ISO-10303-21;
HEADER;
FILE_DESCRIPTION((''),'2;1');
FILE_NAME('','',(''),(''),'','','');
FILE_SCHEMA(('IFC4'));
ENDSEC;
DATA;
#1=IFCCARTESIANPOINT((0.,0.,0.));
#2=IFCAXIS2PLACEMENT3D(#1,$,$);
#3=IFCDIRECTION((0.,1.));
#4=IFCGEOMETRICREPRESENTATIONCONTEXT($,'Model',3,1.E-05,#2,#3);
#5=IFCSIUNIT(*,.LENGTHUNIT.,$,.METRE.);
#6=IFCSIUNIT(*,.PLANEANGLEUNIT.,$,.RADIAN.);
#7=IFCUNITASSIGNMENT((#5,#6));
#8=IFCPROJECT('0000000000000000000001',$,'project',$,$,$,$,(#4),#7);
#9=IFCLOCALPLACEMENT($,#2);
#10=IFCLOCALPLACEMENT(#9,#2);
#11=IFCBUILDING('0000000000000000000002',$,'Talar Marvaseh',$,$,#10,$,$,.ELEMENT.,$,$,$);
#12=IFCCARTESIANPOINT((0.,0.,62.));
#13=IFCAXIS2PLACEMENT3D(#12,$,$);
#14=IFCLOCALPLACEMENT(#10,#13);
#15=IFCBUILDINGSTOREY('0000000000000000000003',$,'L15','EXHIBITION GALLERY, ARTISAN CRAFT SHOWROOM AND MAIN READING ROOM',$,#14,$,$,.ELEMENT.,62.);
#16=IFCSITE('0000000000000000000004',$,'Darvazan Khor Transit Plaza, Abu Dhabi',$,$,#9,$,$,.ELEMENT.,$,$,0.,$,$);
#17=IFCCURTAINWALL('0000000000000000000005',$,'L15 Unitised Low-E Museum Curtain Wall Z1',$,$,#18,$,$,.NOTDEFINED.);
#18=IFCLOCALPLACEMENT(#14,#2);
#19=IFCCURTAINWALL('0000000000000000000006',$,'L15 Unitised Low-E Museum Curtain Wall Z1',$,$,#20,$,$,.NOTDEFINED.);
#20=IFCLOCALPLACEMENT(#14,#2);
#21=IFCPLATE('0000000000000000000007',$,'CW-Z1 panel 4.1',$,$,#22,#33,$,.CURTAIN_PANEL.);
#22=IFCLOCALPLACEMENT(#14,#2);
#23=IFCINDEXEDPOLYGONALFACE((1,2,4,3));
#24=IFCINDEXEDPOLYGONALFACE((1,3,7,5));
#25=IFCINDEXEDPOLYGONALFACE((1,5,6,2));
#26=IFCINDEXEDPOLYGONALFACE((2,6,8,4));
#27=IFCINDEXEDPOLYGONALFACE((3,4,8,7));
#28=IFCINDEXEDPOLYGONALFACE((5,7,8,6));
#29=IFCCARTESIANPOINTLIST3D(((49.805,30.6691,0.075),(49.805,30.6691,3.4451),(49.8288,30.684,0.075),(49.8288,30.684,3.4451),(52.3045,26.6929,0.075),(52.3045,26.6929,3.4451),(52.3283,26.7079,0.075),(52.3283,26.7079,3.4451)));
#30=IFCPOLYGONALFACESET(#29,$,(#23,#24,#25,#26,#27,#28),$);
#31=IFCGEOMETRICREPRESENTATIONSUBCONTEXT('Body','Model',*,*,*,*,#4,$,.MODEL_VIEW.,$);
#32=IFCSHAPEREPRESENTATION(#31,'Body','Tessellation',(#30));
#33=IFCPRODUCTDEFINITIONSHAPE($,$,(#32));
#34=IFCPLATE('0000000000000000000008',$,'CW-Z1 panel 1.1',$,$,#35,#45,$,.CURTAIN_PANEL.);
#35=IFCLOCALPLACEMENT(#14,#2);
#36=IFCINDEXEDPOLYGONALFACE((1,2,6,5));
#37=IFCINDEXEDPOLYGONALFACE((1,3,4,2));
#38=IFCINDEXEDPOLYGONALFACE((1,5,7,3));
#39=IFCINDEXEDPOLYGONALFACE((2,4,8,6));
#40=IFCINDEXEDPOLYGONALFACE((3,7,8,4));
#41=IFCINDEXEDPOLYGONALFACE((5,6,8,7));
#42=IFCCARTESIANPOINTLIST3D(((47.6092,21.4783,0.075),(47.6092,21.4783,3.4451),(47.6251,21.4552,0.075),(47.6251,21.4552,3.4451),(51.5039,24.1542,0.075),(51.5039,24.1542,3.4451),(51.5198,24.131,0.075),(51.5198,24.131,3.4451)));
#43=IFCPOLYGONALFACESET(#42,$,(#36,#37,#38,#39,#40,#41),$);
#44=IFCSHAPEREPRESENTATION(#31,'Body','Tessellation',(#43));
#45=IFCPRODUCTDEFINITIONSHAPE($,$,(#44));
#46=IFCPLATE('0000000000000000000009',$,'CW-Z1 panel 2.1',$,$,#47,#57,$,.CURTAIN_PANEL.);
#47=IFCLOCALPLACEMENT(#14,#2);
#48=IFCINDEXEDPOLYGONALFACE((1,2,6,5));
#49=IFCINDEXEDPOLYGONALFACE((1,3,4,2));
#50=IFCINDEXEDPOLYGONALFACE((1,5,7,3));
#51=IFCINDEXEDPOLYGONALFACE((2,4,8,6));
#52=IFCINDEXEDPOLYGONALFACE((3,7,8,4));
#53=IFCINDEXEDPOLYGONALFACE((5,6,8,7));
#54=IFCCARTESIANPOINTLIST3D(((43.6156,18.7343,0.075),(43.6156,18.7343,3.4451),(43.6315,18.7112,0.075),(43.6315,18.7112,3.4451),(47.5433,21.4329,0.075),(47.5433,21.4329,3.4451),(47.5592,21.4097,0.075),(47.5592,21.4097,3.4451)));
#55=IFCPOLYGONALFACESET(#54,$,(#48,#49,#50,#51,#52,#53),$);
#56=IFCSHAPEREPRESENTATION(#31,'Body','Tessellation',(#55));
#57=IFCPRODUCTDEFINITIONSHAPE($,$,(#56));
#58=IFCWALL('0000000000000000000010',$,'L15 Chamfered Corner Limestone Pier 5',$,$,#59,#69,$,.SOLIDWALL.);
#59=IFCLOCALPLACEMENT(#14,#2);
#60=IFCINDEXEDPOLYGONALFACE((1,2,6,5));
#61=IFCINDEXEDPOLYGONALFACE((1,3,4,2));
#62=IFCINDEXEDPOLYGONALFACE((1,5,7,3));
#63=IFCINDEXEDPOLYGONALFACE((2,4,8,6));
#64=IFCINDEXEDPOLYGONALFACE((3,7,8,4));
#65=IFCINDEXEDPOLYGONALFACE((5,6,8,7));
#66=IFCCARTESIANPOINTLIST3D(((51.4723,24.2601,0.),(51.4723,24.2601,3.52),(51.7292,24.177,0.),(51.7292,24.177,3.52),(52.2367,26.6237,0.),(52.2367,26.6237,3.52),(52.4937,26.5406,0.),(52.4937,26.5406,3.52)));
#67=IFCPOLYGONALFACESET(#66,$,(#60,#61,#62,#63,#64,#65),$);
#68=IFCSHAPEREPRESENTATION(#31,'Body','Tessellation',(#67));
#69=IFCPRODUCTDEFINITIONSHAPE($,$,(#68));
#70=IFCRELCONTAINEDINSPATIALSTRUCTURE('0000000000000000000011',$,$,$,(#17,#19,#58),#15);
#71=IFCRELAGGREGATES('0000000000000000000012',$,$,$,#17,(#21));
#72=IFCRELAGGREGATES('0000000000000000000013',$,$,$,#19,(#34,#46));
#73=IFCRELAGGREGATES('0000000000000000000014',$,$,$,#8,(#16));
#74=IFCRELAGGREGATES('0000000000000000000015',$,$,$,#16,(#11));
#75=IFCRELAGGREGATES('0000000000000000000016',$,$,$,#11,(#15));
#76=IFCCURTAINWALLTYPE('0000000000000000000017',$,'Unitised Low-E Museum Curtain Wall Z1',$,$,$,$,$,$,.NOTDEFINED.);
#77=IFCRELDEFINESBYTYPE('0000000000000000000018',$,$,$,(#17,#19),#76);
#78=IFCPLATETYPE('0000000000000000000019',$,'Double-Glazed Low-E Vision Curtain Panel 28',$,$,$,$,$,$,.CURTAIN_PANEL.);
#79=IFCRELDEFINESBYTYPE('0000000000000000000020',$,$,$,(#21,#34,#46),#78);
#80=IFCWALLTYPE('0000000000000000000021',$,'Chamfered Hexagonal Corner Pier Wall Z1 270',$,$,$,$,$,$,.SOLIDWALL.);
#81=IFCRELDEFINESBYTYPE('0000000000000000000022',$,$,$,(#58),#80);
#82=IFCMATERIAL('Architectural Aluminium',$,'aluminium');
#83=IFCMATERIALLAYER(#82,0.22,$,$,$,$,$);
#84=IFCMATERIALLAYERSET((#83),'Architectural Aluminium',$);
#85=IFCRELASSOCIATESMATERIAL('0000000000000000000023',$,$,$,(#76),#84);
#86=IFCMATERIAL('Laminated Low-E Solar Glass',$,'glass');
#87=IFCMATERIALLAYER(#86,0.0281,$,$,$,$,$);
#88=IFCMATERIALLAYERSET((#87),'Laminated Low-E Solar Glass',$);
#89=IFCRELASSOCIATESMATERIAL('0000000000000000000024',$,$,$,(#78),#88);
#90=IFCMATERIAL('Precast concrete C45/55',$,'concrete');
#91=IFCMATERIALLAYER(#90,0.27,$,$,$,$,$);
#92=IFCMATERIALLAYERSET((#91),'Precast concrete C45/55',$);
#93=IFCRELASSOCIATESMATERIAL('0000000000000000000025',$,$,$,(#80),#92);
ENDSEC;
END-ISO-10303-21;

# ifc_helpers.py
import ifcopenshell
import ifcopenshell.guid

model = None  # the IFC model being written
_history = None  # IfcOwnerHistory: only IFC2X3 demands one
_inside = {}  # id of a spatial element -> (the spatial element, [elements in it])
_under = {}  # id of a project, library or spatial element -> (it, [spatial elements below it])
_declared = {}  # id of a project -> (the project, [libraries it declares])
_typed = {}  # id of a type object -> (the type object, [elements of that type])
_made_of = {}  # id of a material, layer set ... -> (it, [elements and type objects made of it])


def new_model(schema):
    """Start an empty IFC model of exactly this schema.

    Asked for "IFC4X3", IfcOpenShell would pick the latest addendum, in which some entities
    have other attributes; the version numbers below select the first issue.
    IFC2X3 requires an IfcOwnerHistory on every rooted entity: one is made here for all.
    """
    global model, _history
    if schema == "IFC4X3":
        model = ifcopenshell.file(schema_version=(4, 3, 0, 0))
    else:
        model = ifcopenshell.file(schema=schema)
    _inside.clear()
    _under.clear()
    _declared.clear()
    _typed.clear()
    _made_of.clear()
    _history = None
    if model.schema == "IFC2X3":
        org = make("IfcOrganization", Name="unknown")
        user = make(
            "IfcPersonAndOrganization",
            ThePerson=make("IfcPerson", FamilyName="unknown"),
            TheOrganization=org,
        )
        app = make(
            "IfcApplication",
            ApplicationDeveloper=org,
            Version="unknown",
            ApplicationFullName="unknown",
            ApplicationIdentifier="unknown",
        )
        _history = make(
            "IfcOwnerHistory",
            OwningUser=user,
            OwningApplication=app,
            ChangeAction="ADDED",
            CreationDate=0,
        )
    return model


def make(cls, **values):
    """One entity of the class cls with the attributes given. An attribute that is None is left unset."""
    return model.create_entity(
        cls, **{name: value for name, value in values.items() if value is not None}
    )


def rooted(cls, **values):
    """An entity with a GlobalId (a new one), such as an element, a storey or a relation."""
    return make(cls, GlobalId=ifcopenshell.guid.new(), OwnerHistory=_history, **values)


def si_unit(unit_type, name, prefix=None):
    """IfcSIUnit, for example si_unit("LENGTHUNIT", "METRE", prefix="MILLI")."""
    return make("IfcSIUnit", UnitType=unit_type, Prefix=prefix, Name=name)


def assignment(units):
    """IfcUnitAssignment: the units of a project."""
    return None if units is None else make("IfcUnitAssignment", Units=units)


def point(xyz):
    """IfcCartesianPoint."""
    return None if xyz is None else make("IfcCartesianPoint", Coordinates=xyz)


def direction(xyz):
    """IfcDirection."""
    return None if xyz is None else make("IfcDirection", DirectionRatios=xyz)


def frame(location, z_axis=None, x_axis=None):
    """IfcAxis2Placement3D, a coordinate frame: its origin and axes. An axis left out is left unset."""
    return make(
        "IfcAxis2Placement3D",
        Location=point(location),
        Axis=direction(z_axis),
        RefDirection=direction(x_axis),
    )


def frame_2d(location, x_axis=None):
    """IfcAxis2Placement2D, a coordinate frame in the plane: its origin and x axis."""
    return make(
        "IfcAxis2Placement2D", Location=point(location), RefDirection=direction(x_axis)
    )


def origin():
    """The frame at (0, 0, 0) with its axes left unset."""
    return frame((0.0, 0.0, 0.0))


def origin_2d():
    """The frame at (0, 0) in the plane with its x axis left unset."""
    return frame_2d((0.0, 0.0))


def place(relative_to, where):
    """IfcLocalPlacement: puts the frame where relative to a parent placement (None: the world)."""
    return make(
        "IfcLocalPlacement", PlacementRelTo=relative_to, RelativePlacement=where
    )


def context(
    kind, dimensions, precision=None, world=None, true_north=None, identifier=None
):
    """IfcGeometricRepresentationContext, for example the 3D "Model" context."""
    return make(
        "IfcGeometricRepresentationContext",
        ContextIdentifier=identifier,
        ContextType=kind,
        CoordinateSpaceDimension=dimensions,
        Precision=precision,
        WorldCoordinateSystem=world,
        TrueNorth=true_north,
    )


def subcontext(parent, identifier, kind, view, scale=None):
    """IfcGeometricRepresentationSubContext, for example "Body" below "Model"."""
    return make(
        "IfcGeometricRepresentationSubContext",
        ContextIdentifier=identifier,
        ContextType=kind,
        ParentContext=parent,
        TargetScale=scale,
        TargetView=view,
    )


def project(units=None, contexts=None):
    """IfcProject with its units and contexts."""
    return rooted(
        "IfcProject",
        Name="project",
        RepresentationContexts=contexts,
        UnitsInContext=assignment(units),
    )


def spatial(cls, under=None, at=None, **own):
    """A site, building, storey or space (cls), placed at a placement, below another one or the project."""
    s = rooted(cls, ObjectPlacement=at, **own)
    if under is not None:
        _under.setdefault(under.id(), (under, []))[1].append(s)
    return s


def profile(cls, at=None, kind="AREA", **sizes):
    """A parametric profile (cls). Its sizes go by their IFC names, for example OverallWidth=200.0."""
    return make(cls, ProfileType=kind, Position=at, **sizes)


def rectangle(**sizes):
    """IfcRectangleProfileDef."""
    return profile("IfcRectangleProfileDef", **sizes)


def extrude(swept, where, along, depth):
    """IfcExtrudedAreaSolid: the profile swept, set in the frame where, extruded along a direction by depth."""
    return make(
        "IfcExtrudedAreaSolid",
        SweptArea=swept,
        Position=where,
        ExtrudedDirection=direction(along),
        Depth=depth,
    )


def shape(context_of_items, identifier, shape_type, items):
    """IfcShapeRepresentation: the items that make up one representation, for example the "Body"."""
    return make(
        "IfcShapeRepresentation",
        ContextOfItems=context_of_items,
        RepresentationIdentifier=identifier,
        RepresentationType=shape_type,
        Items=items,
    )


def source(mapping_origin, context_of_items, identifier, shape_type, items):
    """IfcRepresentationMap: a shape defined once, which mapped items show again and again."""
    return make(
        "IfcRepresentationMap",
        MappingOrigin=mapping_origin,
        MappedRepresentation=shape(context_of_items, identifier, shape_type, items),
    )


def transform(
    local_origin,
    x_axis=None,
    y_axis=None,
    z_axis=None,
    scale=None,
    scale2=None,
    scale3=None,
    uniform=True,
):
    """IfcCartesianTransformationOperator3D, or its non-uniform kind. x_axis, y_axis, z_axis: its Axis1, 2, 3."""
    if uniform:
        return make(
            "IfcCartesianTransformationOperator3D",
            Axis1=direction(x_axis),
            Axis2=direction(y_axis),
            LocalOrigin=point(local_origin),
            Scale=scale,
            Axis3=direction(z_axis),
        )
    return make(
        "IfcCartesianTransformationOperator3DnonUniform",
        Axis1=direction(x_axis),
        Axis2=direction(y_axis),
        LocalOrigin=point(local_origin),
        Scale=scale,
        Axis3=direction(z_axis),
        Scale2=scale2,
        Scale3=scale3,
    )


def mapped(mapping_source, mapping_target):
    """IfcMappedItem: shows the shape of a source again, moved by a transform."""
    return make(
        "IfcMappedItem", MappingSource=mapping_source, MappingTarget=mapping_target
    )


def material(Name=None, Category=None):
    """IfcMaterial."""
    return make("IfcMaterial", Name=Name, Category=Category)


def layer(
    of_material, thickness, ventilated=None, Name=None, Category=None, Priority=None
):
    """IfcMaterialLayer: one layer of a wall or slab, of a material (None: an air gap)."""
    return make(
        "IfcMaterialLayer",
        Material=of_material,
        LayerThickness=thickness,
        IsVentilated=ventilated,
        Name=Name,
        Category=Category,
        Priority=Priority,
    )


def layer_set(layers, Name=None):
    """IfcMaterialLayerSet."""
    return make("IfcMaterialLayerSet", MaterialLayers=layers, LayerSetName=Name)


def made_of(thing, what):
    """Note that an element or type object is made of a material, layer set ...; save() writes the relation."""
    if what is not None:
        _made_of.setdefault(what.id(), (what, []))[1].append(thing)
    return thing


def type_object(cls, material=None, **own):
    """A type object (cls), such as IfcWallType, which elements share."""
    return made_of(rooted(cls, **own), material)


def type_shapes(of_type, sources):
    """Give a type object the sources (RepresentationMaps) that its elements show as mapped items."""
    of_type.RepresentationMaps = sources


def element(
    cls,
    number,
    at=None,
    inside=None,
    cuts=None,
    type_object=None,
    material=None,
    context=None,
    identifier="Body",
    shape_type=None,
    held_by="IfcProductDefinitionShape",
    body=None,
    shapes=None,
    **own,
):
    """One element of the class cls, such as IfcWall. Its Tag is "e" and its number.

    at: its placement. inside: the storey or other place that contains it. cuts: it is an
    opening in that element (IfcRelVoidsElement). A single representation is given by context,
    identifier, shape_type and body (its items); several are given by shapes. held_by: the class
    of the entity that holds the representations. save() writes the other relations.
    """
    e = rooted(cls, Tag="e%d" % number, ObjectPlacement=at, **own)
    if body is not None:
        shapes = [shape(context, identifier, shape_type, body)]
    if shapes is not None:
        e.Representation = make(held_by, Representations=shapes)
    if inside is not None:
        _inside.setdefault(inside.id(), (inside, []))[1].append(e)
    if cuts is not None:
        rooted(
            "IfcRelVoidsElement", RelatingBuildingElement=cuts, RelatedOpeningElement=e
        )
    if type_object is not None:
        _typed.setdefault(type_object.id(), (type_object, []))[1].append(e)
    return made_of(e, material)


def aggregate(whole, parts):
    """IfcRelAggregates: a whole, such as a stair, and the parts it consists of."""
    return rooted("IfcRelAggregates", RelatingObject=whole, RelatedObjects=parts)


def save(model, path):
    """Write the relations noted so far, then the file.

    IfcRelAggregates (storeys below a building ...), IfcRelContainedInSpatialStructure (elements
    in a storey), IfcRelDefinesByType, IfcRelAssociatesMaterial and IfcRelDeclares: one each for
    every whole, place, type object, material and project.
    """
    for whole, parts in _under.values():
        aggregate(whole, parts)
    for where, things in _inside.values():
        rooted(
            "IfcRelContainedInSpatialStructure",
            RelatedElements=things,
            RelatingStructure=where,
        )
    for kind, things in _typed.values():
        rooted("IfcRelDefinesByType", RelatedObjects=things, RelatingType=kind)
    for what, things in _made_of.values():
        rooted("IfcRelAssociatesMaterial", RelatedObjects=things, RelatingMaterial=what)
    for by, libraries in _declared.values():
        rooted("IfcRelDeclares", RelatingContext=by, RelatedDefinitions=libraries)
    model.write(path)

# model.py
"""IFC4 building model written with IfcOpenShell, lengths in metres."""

from ifc_helpers import new_model, si_unit, direction, frame, frame_2d, origin, origin_2d, place, context, subcontext, project, spatial, rectangle, extrude, source, transform, mapped, material, layer, layer_set, type_object, type_shapes, element, aggregate, save


model = new_model("IFC4")

# Units and contexts
model_context = context("Model", 3, precision=1e-05, world=origin(), true_north=direction((0.0, 1.0)))
body_context = subcontext(model_context, "Body", "Model", "MODEL_VIEW")
ifc_project = project(units=[si_unit("LENGTHUNIT", "METRE"), si_unit("PLANEANGLEUNIT", "RADIAN")], contexts=[model_context])

# Site, building, storey
site_placement = place(None, origin())
site = spatial("IfcSite", under=ifc_project, at=site_placement, Name="Darvazan Khor Transit Plaza, Abu Dhabi", CompositionType="ELEMENT", RefElevation=0.0)
building_placement = place(site_placement, origin())
building = spatial("IfcBuilding", under=site, at=building_placement, Name="Talar Marvaseh", CompositionType="ELEMENT")
storey_placement = place(building_placement, frame((0.0, 0.0, 62.0)))
storey = spatial("IfcBuildingStorey", under=building, at=storey_placement, Name="L15", Description="EXHIBITION GALLERY, ARTISAN CRAFT SHOWROOM AND MAIN READING ROOM", CompositionType="ELEMENT", Elevation=62.0)

# Curtain walls
ifc_material_1 = material(Name="Architectural Aluminium", Category="aluminium")
ifc_layer_1 = layer(ifc_material_1, 0.22)
ifc_layer_set_1 = layer_set([ifc_layer_1], Name="Architectural Aluminium")
curtain_wall_type = type_object("IfcCurtainWallType", Name="Unitised Low-E Museum Curtain Wall Z1", PredefinedType="NOTDEFINED", material=ifc_layer_set_1)
curtain_wall_1_placement = place(storey_placement, origin())
curtain_wall_1 = element("IfcCurtainWall", 1, at=curtain_wall_1_placement, inside=storey, type_object=curtain_wall_type, Name="L15 Unitised Low-E Museum Curtain Wall Z1", PredefinedType="NOTDEFINED")
curtain_wall_2_placement = place(storey_placement, origin())
curtain_wall_2 = element("IfcCurtainWall", 2, at=curtain_wall_2_placement, inside=storey, type_object=curtain_wall_type, Name="L15 Unitised Low-E Museum Curtain Wall Z1", PredefinedType="NOTDEFINED")

# Plates
ifc_material_2 = material(Name="Laminated Low-E Solar Glass", Category="glass")
ifc_layer_2 = layer(ifc_material_2, 0.0281)
ifc_layer_set_2 = layer_set([ifc_layer_2], Name="Laminated Low-E Solar Glass")
plate_type = type_object("IfcPlateType", Name="Double-Glazed Low-E Vision Curtain Panel 28", PredefinedType="CURTAIN_PANEL", material=ifc_layer_set_2)
shared_shape_1 = source(origin(), body_context, "Body", "SweptSolid", [
    extrude(rectangle(XDim=4.6965, YDim=0.0281, at=origin_2d()), origin(), (0.0, 0.0, 1.0), 3.3701),
])
plate_1_placement = place(storey_placement, frame((51.0667, 28.6885, 0.075), z_axis=(0.0, 0.0, 1.0), x_axis=(0.532195, -0.846622, 0.0)))
plate_1 = element("IfcPlate", 3, at=plate_1_placement, type_object=plate_type, Name="CW-Z1 panel 4.1", PredefinedType="CURTAIN_PANEL", context=body_context, shape_type="MappedRepresentation", body=[
    mapped(shared_shape_1, transform((0.0, 0.0, 0.0), x_axis=(1.0, 0.0, 0.0), y_axis=(0.0, 1.0, 0.0), z_axis=(0.0, 0.0, 1.0), scale=1.0)),
])
aggregate(curtain_wall_1, [plate_1])
shared_shape_2 = source(origin(), body_context, "Body", "SweptSolid", [
    extrude(rectangle(XDim=4.7253, YDim=0.0281, at=origin_2d()), origin(), (0.0, 0.0, 1.0), 3.3701),
])
plate_2_placement = place(storey_placement, frame((49.5645, 22.8047, 0.075), z_axis=(0.0, 0.0, 1.0), x_axis=(-0.824215, -0.566277, 0.0)))
plate_2 = element("IfcPlate", 4, at=plate_2_placement, type_object=plate_type, Name="CW-Z1 panel 1.1", PredefinedType="CURTAIN_PANEL", context=body_context, shape_type="MappedRepresentation", body=[
    mapped(shared_shape_2, transform((0.0, 0.0, 0.0), x_axis=(1.0, 0.0, 0.0), y_axis=(0.0, 1.0, 0.0), z_axis=(0.0, 0.0, 1.0), scale=1.0)),
])
shared_shape_3 = source(origin(), body_context, "Body", "SweptSolid", [
    extrude(rectangle(XDim=4.7654, YDim=0.0281, at=origin_2d()), origin(), (0.0, 0.0, 1.0), 3.3701),
])
type_shapes(plate_type, [shared_shape_1, shared_shape_2, shared_shape_3])
plate_3_placement = place(storey_placement, frame((45.5874, 20.072, 0.075), z_axis=(0.0, 0.0, 1.0), x_axis=(-0.824215, -0.566277, 0.0)))
plate_3 = element("IfcPlate", 5, at=plate_3_placement, type_object=plate_type, Name="CW-Z1 panel 2.1", PredefinedType="CURTAIN_PANEL", context=body_context, shape_type="MappedRepresentation", body=[
    mapped(shared_shape_3, transform((0.0, 0.0, 0.0), x_axis=(1.0, 0.0, 0.0), y_axis=(0.0, 1.0, 0.0), z_axis=(0.0, 0.0, 1.0), scale=1.0)),
])
aggregate(curtain_wall_2, [plate_2, plate_3])

# Wall
ifc_material_3 = material(Name="Precast concrete C45/55", Category="concrete")
ifc_layer_3 = layer(ifc_material_3, 0.27)
ifc_layer_set_3 = layer_set([ifc_layer_3], Name="Precast concrete C45/55")
wall_type = type_object("IfcWallType", Name="Chamfered Hexagonal Corner Pier Wall Z1 270", PredefinedType="SOLIDWALL", material=ifc_layer_set_3)
wall_placement = place(storey_placement, frame((52.3652, 26.5823, 0.0), z_axis=(0.0, 0.0, 1.0), x_axis=(-0.307723, -0.951476, 0.0)))
element("IfcWall", 6, at=wall_placement, inside=storey, type_object=wall_type, Name="L15 Chamfered Corner Limestone Pier 5", PredefinedType="SOLIDWALL", context=body_context, shape_type="SweptSolid", body=[
    extrude(rectangle(XDim=2.4841, YDim=0.27, at=frame_2d((1.2422, 0.0))), origin(), (0.0, 0.0, 1.0), 3.52),
])

save(model, "model.ifc")
